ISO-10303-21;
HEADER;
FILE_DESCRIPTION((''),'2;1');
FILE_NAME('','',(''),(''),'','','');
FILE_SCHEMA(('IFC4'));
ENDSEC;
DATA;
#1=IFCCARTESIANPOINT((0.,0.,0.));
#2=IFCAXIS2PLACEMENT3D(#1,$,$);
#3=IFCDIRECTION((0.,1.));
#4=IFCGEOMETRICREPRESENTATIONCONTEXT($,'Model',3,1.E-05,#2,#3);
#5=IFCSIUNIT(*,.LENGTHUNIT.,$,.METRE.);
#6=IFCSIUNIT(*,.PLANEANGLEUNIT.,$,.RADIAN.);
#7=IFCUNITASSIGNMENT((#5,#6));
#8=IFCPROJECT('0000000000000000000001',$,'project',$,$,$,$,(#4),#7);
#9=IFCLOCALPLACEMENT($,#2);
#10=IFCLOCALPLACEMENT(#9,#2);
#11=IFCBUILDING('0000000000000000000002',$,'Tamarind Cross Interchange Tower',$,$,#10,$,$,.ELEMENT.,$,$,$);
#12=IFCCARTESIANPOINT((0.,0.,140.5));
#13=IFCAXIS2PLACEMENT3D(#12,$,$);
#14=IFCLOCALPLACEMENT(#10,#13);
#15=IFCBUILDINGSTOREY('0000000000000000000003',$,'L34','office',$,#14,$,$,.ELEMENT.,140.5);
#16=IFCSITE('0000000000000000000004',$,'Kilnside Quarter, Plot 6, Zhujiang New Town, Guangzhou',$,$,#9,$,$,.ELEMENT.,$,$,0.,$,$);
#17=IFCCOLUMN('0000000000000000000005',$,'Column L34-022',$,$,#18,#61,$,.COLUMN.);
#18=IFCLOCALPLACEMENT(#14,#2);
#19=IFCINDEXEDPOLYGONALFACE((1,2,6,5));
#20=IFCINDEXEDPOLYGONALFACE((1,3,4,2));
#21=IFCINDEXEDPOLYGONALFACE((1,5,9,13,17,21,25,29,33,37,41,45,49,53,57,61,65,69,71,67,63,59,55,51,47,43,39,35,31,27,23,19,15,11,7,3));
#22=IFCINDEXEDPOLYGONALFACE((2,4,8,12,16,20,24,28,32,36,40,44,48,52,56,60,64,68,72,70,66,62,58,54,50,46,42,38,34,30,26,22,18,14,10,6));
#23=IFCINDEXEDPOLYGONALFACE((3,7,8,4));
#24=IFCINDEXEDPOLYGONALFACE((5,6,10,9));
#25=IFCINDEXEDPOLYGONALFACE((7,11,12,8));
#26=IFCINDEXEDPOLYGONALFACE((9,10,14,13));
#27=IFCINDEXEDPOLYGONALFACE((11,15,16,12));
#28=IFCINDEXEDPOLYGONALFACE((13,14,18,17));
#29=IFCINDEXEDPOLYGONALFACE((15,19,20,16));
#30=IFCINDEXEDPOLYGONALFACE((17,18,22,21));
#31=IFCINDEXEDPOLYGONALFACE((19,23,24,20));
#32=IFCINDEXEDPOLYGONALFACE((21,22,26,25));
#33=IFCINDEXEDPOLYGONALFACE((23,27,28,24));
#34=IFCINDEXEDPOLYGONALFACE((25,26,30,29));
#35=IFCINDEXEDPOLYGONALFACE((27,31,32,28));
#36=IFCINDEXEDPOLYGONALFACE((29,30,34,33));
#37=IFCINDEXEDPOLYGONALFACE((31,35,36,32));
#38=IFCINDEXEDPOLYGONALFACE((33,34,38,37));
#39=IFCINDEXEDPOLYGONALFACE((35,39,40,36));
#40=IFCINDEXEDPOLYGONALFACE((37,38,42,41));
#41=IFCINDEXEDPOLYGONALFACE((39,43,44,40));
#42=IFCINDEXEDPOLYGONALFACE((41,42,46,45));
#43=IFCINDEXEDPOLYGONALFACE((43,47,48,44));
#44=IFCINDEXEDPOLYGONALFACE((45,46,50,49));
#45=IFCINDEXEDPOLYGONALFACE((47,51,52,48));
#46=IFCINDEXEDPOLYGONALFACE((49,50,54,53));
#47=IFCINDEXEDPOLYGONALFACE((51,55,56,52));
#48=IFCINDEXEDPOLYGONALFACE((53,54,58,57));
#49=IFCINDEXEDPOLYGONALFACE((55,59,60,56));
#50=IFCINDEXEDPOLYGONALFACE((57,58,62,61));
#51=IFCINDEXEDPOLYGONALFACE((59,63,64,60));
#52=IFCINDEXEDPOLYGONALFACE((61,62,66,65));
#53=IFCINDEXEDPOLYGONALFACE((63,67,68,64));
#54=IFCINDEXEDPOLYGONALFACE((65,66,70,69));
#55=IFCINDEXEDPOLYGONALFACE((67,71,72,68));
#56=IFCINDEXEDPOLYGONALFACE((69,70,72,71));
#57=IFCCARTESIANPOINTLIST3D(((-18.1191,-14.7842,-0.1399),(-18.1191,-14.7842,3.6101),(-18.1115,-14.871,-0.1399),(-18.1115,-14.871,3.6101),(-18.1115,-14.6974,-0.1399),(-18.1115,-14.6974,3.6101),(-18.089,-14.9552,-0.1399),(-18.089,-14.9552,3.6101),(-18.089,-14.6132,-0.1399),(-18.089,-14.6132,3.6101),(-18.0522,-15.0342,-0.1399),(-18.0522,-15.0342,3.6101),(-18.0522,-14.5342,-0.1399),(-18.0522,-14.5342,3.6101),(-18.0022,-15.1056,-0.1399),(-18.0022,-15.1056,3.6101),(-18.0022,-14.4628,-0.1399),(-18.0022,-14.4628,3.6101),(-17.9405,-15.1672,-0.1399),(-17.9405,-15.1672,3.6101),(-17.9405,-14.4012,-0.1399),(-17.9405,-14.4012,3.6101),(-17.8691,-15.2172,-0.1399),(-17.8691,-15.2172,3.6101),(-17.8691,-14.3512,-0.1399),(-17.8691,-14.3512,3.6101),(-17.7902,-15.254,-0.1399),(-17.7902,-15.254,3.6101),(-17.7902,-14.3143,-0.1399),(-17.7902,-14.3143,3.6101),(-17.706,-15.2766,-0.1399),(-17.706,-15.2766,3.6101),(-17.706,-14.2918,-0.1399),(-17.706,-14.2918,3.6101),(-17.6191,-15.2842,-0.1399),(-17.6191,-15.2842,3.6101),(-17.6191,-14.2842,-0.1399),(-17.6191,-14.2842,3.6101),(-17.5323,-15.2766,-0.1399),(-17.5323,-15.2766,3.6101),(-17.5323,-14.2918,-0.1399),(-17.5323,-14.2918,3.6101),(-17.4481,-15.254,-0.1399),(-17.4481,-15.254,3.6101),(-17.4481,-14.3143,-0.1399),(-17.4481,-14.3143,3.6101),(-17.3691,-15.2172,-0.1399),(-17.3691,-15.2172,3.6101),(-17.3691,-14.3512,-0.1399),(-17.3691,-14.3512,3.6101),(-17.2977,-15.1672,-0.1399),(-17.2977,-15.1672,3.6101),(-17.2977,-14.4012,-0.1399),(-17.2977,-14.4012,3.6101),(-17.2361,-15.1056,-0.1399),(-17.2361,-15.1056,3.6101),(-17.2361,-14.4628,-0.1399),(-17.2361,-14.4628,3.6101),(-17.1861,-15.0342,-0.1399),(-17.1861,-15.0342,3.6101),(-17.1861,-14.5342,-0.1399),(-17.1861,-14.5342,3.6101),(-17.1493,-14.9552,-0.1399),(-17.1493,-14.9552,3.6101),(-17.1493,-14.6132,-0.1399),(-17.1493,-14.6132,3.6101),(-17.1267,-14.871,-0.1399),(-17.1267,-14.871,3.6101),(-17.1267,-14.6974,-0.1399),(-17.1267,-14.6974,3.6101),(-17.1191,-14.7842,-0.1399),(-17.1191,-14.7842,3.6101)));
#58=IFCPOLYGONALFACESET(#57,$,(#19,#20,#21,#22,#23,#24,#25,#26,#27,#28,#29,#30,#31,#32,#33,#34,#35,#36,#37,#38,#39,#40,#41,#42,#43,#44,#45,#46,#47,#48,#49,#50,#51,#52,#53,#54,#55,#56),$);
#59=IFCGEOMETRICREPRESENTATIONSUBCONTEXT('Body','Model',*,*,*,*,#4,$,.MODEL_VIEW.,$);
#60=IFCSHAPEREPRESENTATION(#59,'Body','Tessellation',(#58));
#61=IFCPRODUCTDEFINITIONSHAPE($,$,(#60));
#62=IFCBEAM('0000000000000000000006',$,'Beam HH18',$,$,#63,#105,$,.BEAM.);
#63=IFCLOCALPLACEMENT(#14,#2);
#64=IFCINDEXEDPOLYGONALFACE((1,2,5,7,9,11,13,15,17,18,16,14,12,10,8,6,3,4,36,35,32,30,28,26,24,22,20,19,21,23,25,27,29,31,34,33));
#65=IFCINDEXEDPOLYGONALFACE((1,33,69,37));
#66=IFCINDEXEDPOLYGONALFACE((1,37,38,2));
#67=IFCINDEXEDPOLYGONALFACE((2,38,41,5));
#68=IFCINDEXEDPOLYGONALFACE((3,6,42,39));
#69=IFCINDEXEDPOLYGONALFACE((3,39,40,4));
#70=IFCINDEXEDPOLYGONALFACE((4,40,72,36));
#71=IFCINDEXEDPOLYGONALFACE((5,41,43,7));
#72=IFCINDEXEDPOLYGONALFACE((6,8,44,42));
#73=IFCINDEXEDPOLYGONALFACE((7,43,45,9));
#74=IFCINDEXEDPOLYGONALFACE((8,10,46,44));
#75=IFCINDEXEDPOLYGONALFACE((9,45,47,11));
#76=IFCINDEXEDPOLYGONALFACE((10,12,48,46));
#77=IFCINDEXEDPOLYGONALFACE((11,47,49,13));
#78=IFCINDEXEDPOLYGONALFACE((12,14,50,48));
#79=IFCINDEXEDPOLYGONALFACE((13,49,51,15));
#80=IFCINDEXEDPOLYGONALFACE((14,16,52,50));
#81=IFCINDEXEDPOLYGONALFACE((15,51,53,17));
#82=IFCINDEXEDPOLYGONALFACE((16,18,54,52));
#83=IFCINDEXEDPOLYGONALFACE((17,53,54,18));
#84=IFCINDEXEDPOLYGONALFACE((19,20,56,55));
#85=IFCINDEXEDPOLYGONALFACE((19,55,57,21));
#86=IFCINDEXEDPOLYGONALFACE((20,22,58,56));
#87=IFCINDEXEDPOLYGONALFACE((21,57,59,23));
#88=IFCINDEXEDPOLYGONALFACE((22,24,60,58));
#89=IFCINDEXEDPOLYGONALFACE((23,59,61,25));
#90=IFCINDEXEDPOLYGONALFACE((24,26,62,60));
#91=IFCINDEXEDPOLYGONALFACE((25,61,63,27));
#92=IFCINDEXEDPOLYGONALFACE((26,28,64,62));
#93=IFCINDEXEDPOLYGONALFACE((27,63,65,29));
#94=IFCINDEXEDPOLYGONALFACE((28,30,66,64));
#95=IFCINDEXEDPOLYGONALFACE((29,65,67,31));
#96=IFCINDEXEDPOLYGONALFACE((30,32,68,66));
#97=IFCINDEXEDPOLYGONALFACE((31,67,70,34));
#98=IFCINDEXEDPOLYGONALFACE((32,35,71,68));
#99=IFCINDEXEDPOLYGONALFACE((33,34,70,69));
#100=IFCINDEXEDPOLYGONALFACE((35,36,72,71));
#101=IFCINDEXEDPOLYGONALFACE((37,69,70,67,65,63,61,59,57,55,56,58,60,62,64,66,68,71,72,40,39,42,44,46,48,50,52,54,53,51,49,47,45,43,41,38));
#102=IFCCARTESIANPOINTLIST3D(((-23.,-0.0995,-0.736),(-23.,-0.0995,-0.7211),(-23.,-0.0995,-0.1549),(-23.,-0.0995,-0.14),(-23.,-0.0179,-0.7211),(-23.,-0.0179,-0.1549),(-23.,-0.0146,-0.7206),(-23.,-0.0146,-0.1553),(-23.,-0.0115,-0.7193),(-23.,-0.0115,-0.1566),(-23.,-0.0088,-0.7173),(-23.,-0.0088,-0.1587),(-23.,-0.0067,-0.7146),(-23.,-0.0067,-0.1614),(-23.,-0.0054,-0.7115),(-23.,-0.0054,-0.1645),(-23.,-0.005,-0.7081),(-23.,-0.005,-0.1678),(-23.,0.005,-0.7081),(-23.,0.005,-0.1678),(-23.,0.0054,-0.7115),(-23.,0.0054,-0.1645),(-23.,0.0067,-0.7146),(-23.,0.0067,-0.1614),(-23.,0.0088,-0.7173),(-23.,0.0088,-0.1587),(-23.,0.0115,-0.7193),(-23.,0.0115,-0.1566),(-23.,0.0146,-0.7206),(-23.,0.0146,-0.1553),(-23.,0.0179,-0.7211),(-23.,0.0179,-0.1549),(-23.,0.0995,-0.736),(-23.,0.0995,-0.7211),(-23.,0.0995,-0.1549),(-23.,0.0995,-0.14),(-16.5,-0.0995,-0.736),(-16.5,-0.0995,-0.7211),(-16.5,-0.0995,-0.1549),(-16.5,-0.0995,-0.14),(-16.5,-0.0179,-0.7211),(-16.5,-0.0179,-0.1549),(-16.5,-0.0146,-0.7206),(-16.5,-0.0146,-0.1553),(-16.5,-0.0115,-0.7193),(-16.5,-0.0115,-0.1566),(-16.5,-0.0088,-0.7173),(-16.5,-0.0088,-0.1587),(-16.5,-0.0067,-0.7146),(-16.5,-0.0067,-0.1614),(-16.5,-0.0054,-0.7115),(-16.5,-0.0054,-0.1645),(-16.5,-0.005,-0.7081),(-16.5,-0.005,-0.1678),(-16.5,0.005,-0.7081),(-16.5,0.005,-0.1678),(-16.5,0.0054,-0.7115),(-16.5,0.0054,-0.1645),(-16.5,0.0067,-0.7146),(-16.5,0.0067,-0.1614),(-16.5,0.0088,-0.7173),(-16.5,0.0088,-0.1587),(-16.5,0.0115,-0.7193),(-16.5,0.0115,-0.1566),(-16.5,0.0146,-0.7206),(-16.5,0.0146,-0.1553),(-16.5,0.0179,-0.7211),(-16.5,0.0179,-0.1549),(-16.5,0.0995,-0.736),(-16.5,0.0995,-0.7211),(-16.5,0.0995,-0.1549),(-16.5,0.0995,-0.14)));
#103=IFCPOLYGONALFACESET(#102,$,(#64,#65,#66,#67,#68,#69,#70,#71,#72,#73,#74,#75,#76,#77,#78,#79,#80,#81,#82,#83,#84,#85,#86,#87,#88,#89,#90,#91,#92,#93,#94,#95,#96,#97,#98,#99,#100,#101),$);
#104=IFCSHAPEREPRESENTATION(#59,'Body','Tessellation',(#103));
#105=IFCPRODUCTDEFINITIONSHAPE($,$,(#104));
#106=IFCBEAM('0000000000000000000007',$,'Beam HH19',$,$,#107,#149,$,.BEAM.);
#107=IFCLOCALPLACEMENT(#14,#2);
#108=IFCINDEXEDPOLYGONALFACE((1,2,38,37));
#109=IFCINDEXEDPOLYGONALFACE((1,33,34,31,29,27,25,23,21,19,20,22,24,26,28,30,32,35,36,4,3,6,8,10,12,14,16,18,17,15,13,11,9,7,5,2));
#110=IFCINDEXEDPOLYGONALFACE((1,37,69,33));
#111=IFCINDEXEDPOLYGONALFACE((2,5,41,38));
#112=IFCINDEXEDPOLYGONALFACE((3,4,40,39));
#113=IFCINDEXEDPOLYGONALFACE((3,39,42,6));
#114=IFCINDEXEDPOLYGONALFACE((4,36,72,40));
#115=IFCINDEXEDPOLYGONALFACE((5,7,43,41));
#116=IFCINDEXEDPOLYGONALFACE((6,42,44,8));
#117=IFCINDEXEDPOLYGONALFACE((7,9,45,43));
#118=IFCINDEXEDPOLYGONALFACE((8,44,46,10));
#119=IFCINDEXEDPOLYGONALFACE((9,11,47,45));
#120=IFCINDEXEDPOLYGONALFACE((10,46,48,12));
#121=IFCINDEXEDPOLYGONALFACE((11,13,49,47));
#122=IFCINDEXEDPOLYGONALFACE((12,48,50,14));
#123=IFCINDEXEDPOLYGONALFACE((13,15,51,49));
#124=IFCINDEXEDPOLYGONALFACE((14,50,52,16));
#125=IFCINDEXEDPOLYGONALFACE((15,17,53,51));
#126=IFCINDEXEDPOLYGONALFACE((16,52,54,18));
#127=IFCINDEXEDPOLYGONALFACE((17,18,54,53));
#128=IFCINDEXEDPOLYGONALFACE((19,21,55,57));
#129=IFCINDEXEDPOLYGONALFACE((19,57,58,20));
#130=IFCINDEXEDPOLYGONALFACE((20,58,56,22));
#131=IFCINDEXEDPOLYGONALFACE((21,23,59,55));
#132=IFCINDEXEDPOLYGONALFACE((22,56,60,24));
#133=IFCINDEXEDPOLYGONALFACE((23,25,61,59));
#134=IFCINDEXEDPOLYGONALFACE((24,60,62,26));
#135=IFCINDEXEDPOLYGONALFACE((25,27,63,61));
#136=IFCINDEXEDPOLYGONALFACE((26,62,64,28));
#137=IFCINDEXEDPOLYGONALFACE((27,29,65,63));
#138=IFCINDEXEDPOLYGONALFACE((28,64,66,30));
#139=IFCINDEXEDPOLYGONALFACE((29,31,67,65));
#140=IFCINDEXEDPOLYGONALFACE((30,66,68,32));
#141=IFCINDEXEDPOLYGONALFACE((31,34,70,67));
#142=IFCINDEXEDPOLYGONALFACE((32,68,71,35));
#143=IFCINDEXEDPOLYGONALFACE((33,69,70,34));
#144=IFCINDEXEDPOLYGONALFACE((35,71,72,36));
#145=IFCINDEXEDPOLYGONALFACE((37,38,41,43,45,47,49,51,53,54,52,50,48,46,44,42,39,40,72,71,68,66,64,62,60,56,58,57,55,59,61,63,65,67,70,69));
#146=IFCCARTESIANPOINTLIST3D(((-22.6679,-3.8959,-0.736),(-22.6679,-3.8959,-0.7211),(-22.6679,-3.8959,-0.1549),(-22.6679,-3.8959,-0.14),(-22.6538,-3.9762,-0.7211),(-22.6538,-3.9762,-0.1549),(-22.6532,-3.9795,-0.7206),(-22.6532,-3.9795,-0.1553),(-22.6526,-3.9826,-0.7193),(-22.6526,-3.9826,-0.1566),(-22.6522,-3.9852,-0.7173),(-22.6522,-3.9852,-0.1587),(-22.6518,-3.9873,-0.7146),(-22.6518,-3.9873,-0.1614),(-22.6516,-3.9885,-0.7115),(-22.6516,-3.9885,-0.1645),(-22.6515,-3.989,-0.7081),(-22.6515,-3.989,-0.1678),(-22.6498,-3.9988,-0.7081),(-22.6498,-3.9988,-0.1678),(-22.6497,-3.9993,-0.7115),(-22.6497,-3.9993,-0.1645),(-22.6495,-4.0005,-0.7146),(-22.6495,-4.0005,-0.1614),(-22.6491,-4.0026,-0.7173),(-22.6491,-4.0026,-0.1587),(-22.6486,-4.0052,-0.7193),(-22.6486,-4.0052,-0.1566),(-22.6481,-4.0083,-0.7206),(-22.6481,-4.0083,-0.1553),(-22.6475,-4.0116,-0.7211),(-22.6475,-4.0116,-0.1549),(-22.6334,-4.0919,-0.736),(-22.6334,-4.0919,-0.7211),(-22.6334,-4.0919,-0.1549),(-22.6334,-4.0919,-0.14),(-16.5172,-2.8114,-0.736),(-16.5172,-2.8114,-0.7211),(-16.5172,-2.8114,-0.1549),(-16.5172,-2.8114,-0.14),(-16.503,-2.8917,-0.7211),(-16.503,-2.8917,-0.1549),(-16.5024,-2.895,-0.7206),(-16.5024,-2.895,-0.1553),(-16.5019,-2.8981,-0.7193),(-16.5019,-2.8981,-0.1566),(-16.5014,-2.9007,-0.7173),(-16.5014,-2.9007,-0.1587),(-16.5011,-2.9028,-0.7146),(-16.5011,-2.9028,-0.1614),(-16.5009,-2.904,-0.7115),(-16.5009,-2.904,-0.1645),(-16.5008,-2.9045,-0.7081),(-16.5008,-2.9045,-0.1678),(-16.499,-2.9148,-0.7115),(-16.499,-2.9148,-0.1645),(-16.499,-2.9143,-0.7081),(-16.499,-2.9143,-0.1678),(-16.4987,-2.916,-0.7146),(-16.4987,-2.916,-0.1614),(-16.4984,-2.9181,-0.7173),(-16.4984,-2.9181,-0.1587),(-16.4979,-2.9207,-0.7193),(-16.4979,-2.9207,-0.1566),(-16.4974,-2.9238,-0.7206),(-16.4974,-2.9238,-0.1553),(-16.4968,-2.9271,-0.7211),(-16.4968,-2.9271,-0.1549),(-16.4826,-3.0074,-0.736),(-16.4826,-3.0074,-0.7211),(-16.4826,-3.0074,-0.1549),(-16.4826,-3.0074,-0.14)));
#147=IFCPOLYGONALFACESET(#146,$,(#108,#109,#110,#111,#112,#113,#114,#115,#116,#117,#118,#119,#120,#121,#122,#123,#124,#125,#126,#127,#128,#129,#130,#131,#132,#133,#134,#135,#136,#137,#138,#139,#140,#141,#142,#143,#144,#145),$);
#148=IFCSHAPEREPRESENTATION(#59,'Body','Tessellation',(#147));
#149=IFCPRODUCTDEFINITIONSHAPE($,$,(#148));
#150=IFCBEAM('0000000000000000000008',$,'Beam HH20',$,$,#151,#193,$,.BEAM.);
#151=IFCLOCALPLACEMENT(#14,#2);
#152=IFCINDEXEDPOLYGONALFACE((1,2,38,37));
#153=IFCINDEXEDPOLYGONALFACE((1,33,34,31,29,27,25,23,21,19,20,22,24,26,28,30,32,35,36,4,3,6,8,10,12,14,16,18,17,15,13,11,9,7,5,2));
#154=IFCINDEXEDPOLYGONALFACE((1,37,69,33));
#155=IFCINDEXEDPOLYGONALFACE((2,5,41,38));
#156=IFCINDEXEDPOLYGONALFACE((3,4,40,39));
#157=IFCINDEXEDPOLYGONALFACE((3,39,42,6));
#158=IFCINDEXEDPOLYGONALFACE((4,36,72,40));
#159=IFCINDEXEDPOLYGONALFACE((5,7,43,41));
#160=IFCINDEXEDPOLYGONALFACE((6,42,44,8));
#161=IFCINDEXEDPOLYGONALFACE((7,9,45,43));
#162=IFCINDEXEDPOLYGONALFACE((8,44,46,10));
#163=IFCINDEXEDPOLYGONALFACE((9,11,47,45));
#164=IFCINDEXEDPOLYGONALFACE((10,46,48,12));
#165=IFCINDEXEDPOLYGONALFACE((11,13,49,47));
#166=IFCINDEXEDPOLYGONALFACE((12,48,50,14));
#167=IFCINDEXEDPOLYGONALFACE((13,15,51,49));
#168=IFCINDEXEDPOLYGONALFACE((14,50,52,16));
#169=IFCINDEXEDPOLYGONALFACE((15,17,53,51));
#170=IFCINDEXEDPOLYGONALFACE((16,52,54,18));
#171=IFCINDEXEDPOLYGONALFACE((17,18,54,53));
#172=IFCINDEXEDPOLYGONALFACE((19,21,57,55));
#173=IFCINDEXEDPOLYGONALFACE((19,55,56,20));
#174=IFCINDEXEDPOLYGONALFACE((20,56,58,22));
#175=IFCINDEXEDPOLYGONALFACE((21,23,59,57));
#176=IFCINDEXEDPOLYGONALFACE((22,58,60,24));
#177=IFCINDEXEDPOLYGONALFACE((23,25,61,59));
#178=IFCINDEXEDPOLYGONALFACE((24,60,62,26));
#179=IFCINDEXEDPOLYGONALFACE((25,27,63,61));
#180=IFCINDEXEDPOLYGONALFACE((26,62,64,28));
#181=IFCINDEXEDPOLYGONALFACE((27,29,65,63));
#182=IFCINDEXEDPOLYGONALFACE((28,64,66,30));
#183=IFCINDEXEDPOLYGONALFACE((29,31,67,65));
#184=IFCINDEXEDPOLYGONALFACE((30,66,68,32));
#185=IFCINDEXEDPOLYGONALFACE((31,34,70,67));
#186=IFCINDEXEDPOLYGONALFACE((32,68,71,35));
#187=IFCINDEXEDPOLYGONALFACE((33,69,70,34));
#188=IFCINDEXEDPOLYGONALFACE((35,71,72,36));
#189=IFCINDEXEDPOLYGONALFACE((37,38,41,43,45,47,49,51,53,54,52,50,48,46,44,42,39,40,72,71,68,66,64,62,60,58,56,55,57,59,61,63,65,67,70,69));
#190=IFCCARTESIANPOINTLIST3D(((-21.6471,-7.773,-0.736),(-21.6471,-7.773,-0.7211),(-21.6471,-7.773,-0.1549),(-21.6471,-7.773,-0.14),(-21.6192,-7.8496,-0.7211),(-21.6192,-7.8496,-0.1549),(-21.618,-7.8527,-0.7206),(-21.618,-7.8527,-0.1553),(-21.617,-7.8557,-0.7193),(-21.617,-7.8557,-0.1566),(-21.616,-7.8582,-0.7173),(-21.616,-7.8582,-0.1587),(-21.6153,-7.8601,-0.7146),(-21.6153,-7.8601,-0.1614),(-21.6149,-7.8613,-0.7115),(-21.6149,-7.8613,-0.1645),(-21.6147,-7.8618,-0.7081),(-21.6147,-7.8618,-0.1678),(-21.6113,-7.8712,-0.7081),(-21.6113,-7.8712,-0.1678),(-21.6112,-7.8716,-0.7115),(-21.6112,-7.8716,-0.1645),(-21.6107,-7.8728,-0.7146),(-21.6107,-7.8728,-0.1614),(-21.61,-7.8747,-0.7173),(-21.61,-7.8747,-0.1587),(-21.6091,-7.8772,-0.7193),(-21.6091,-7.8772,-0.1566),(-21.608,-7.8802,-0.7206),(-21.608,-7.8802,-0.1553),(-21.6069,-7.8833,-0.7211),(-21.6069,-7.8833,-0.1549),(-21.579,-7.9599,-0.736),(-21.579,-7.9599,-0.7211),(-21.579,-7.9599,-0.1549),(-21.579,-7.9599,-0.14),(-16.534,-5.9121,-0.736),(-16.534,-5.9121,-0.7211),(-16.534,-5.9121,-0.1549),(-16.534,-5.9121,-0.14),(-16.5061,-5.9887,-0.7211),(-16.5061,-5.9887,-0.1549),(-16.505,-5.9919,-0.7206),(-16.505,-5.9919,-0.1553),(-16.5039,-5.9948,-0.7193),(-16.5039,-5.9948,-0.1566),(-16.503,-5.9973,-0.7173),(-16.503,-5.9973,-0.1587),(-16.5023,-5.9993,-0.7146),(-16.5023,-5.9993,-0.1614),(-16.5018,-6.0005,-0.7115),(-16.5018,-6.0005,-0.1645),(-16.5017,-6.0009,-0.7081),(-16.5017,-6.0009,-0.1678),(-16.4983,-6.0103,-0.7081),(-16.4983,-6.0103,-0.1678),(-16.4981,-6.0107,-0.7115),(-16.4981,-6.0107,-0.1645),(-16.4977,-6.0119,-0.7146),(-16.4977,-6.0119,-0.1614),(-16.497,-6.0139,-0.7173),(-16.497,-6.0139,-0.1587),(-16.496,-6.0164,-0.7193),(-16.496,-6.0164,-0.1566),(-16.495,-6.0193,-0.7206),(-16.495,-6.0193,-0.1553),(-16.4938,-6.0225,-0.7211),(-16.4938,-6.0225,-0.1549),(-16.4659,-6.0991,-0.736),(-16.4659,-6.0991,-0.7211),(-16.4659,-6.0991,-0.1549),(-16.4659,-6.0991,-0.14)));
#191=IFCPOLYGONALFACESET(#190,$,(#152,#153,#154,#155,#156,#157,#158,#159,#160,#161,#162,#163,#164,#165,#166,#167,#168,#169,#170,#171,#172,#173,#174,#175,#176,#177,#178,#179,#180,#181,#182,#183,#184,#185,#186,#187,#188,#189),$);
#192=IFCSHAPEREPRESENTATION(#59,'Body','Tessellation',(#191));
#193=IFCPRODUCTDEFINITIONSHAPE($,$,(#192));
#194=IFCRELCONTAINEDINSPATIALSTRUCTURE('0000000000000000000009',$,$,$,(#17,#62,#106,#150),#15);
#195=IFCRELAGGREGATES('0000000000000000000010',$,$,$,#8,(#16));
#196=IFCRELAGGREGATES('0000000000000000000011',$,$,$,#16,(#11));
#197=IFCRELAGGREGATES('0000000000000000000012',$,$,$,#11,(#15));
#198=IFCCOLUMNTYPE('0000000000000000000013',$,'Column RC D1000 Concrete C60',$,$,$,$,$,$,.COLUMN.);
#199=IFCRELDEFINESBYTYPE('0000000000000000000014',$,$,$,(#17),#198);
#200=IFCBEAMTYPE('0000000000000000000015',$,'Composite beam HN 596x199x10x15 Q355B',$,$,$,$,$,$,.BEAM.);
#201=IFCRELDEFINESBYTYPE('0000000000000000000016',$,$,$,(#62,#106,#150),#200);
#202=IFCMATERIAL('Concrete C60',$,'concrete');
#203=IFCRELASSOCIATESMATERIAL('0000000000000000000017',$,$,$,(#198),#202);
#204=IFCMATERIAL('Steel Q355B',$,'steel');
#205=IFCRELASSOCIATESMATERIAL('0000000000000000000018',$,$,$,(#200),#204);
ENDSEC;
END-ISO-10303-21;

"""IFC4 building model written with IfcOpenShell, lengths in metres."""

from ifc_helpers import new_model, si_unit, direction, frame, origin, origin_2d, place, context, subcontext, project, spatial, circle, i_section, extrude, material, material_profile, profile_set, type_object, element, save


model = new_model("IFC4")

# Units and contexts
model_context = context("Model", 3, precision=1e-05, world=origin(), true_north=direction((0.0, 1.0)))
body_context = subcontext(model_context, "Body", "Model", "MODEL_VIEW")
ifc_project = project(units=[si_unit("LENGTHUNIT", "METRE"), si_unit("PLANEANGLEUNIT", "RADIAN")], contexts=[model_context])

# Site, building, storey
site_placement = place(None, origin())
site = spatial("IfcSite", under=ifc_project, at=site_placement, Name="Kilnside Quarter, Plot 6, Zhujiang New Town, Guangzhou", CompositionType="ELEMENT", RefElevation=0.0)
building_placement = place(site_placement, origin())
building = spatial("IfcBuilding", under=site, at=building_placement, Name="Tamarind Cross Interchange Tower", CompositionType="ELEMENT")
storey_placement = place(building_placement, frame((0.0, 0.0, 140.5)))
storey = spatial("IfcBuildingStorey", under=building, at=storey_placement, Name="L34", Description="office", CompositionType="ELEMENT", Elevation=140.5)

# Column
ifc_material_1 = material(Name="Concrete C60", Category="concrete")
ifc_material_profile_1 = material_profile(ifc_material_1, circle(Radius=0.5, at=origin_2d()), Name="RC D1000")
ifc_profile_set_1 = profile_set([ifc_material_profile_1], Name="Concrete C60")
column_type = type_object("IfcColumnType", Name="Column RC D1000 Concrete C60", PredefinedType="COLUMN", material=ifc_profile_set_1)
for number, where, z_axis, x_axis, name in (
    (1, (-17.6191, -14.7842, -0.1399), (0.0, 0.0, 1.0), (1.0, 0.0, 0.0), "Column L34-022"),
):
    element("IfcColumn", number, at=place(storey_placement, frame(where, z_axis=z_axis, x_axis=x_axis)), inside=storey, type_object=column_type, Name=name, PredefinedType="COLUMN", context=body_context, shape_type="SweptSolid", body=[
        extrude(circle(Radius=0.5, at=origin_2d()), origin(), (0.0, 0.0, 1.0), 3.75),
    ])

# Beams
ifc_material_2 = material(Name="Steel Q355B", Category="steel")
ifc_material_profile_2 = material_profile(ifc_material_2, i_section(OverallWidth=0.199, OverallDepth=0.5959, WebThickness=0.01, FlangeThickness=0.0149, FilletRadius=0.0129, at=origin_2d()), Name="HN 596x199x10x15")
ifc_profile_set_2 = profile_set([ifc_material_profile_2], Name="Steel Q355B")
beam_type = type_object("IfcBeamType", Name="Composite beam HN 596x199x10x15 Q355B", PredefinedType="BEAM", material=ifc_profile_set_2)
beam_1_placement = place(storey_placement, frame((-23.0, 0.0, -0.438), z_axis=(1.0, 0.0, 0.0), x_axis=(0.0, 1.0, 0.0)))
element("IfcBeam", 2, at=beam_1_placement, inside=storey, type_object=beam_type, Name="Beam HH18", PredefinedType="BEAM", context=body_context, shape_type="SweptSolid", body=[
    extrude(i_section(OverallWidth=0.199, OverallDepth=0.5959, WebThickness=0.01, FlangeThickness=0.0149, FilletRadius=0.0129, at=origin_2d()), origin(), (0.0, 0.0, 1.0), 6.5),
])
beam_2_placement = place(storey_placement, frame((-22.6506, -3.9939, -0.438), z_axis=(0.984809, 0.17364, 0.0), x_axis=(-0.17364, 0.984809, 0.0)))
element("IfcBeam", 3, at=beam_2_placement, inside=storey, type_object=beam_type, Name="Beam HH19", PredefinedType="BEAM", context=body_context, shape_type="SweptSolid", body=[
    extrude(i_section(OverallWidth=0.199, OverallDepth=0.5959, WebThickness=0.01, FlangeThickness=0.0149, FilletRadius=0.0129, at=origin_2d()), origin(), (0.0, 0.0, 1.0), 6.2456),
])
beam_3_placement = place(storey_placement, frame((-21.613, -7.8665, -0.438), z_axis=(0.939702, 0.341995, 0.0), x_axis=(-0.341995, 0.939702, 0.0)))
element("IfcBeam", 4, at=beam_3_placement, inside=storey, type_object=beam_type, Name="Beam HH20", PredefinedType="BEAM", context=body_context, shape_type="SweptSolid", body=[
    extrude(i_section(OverallWidth=0.199, OverallDepth=0.5959, WebThickness=0.01, FlangeThickness=0.0149, FilletRadius=0.0129, at=origin_2d()), origin(), (0.0, 0.0, 1.0), 5.4412),
])

save(model, "model.ifc")
